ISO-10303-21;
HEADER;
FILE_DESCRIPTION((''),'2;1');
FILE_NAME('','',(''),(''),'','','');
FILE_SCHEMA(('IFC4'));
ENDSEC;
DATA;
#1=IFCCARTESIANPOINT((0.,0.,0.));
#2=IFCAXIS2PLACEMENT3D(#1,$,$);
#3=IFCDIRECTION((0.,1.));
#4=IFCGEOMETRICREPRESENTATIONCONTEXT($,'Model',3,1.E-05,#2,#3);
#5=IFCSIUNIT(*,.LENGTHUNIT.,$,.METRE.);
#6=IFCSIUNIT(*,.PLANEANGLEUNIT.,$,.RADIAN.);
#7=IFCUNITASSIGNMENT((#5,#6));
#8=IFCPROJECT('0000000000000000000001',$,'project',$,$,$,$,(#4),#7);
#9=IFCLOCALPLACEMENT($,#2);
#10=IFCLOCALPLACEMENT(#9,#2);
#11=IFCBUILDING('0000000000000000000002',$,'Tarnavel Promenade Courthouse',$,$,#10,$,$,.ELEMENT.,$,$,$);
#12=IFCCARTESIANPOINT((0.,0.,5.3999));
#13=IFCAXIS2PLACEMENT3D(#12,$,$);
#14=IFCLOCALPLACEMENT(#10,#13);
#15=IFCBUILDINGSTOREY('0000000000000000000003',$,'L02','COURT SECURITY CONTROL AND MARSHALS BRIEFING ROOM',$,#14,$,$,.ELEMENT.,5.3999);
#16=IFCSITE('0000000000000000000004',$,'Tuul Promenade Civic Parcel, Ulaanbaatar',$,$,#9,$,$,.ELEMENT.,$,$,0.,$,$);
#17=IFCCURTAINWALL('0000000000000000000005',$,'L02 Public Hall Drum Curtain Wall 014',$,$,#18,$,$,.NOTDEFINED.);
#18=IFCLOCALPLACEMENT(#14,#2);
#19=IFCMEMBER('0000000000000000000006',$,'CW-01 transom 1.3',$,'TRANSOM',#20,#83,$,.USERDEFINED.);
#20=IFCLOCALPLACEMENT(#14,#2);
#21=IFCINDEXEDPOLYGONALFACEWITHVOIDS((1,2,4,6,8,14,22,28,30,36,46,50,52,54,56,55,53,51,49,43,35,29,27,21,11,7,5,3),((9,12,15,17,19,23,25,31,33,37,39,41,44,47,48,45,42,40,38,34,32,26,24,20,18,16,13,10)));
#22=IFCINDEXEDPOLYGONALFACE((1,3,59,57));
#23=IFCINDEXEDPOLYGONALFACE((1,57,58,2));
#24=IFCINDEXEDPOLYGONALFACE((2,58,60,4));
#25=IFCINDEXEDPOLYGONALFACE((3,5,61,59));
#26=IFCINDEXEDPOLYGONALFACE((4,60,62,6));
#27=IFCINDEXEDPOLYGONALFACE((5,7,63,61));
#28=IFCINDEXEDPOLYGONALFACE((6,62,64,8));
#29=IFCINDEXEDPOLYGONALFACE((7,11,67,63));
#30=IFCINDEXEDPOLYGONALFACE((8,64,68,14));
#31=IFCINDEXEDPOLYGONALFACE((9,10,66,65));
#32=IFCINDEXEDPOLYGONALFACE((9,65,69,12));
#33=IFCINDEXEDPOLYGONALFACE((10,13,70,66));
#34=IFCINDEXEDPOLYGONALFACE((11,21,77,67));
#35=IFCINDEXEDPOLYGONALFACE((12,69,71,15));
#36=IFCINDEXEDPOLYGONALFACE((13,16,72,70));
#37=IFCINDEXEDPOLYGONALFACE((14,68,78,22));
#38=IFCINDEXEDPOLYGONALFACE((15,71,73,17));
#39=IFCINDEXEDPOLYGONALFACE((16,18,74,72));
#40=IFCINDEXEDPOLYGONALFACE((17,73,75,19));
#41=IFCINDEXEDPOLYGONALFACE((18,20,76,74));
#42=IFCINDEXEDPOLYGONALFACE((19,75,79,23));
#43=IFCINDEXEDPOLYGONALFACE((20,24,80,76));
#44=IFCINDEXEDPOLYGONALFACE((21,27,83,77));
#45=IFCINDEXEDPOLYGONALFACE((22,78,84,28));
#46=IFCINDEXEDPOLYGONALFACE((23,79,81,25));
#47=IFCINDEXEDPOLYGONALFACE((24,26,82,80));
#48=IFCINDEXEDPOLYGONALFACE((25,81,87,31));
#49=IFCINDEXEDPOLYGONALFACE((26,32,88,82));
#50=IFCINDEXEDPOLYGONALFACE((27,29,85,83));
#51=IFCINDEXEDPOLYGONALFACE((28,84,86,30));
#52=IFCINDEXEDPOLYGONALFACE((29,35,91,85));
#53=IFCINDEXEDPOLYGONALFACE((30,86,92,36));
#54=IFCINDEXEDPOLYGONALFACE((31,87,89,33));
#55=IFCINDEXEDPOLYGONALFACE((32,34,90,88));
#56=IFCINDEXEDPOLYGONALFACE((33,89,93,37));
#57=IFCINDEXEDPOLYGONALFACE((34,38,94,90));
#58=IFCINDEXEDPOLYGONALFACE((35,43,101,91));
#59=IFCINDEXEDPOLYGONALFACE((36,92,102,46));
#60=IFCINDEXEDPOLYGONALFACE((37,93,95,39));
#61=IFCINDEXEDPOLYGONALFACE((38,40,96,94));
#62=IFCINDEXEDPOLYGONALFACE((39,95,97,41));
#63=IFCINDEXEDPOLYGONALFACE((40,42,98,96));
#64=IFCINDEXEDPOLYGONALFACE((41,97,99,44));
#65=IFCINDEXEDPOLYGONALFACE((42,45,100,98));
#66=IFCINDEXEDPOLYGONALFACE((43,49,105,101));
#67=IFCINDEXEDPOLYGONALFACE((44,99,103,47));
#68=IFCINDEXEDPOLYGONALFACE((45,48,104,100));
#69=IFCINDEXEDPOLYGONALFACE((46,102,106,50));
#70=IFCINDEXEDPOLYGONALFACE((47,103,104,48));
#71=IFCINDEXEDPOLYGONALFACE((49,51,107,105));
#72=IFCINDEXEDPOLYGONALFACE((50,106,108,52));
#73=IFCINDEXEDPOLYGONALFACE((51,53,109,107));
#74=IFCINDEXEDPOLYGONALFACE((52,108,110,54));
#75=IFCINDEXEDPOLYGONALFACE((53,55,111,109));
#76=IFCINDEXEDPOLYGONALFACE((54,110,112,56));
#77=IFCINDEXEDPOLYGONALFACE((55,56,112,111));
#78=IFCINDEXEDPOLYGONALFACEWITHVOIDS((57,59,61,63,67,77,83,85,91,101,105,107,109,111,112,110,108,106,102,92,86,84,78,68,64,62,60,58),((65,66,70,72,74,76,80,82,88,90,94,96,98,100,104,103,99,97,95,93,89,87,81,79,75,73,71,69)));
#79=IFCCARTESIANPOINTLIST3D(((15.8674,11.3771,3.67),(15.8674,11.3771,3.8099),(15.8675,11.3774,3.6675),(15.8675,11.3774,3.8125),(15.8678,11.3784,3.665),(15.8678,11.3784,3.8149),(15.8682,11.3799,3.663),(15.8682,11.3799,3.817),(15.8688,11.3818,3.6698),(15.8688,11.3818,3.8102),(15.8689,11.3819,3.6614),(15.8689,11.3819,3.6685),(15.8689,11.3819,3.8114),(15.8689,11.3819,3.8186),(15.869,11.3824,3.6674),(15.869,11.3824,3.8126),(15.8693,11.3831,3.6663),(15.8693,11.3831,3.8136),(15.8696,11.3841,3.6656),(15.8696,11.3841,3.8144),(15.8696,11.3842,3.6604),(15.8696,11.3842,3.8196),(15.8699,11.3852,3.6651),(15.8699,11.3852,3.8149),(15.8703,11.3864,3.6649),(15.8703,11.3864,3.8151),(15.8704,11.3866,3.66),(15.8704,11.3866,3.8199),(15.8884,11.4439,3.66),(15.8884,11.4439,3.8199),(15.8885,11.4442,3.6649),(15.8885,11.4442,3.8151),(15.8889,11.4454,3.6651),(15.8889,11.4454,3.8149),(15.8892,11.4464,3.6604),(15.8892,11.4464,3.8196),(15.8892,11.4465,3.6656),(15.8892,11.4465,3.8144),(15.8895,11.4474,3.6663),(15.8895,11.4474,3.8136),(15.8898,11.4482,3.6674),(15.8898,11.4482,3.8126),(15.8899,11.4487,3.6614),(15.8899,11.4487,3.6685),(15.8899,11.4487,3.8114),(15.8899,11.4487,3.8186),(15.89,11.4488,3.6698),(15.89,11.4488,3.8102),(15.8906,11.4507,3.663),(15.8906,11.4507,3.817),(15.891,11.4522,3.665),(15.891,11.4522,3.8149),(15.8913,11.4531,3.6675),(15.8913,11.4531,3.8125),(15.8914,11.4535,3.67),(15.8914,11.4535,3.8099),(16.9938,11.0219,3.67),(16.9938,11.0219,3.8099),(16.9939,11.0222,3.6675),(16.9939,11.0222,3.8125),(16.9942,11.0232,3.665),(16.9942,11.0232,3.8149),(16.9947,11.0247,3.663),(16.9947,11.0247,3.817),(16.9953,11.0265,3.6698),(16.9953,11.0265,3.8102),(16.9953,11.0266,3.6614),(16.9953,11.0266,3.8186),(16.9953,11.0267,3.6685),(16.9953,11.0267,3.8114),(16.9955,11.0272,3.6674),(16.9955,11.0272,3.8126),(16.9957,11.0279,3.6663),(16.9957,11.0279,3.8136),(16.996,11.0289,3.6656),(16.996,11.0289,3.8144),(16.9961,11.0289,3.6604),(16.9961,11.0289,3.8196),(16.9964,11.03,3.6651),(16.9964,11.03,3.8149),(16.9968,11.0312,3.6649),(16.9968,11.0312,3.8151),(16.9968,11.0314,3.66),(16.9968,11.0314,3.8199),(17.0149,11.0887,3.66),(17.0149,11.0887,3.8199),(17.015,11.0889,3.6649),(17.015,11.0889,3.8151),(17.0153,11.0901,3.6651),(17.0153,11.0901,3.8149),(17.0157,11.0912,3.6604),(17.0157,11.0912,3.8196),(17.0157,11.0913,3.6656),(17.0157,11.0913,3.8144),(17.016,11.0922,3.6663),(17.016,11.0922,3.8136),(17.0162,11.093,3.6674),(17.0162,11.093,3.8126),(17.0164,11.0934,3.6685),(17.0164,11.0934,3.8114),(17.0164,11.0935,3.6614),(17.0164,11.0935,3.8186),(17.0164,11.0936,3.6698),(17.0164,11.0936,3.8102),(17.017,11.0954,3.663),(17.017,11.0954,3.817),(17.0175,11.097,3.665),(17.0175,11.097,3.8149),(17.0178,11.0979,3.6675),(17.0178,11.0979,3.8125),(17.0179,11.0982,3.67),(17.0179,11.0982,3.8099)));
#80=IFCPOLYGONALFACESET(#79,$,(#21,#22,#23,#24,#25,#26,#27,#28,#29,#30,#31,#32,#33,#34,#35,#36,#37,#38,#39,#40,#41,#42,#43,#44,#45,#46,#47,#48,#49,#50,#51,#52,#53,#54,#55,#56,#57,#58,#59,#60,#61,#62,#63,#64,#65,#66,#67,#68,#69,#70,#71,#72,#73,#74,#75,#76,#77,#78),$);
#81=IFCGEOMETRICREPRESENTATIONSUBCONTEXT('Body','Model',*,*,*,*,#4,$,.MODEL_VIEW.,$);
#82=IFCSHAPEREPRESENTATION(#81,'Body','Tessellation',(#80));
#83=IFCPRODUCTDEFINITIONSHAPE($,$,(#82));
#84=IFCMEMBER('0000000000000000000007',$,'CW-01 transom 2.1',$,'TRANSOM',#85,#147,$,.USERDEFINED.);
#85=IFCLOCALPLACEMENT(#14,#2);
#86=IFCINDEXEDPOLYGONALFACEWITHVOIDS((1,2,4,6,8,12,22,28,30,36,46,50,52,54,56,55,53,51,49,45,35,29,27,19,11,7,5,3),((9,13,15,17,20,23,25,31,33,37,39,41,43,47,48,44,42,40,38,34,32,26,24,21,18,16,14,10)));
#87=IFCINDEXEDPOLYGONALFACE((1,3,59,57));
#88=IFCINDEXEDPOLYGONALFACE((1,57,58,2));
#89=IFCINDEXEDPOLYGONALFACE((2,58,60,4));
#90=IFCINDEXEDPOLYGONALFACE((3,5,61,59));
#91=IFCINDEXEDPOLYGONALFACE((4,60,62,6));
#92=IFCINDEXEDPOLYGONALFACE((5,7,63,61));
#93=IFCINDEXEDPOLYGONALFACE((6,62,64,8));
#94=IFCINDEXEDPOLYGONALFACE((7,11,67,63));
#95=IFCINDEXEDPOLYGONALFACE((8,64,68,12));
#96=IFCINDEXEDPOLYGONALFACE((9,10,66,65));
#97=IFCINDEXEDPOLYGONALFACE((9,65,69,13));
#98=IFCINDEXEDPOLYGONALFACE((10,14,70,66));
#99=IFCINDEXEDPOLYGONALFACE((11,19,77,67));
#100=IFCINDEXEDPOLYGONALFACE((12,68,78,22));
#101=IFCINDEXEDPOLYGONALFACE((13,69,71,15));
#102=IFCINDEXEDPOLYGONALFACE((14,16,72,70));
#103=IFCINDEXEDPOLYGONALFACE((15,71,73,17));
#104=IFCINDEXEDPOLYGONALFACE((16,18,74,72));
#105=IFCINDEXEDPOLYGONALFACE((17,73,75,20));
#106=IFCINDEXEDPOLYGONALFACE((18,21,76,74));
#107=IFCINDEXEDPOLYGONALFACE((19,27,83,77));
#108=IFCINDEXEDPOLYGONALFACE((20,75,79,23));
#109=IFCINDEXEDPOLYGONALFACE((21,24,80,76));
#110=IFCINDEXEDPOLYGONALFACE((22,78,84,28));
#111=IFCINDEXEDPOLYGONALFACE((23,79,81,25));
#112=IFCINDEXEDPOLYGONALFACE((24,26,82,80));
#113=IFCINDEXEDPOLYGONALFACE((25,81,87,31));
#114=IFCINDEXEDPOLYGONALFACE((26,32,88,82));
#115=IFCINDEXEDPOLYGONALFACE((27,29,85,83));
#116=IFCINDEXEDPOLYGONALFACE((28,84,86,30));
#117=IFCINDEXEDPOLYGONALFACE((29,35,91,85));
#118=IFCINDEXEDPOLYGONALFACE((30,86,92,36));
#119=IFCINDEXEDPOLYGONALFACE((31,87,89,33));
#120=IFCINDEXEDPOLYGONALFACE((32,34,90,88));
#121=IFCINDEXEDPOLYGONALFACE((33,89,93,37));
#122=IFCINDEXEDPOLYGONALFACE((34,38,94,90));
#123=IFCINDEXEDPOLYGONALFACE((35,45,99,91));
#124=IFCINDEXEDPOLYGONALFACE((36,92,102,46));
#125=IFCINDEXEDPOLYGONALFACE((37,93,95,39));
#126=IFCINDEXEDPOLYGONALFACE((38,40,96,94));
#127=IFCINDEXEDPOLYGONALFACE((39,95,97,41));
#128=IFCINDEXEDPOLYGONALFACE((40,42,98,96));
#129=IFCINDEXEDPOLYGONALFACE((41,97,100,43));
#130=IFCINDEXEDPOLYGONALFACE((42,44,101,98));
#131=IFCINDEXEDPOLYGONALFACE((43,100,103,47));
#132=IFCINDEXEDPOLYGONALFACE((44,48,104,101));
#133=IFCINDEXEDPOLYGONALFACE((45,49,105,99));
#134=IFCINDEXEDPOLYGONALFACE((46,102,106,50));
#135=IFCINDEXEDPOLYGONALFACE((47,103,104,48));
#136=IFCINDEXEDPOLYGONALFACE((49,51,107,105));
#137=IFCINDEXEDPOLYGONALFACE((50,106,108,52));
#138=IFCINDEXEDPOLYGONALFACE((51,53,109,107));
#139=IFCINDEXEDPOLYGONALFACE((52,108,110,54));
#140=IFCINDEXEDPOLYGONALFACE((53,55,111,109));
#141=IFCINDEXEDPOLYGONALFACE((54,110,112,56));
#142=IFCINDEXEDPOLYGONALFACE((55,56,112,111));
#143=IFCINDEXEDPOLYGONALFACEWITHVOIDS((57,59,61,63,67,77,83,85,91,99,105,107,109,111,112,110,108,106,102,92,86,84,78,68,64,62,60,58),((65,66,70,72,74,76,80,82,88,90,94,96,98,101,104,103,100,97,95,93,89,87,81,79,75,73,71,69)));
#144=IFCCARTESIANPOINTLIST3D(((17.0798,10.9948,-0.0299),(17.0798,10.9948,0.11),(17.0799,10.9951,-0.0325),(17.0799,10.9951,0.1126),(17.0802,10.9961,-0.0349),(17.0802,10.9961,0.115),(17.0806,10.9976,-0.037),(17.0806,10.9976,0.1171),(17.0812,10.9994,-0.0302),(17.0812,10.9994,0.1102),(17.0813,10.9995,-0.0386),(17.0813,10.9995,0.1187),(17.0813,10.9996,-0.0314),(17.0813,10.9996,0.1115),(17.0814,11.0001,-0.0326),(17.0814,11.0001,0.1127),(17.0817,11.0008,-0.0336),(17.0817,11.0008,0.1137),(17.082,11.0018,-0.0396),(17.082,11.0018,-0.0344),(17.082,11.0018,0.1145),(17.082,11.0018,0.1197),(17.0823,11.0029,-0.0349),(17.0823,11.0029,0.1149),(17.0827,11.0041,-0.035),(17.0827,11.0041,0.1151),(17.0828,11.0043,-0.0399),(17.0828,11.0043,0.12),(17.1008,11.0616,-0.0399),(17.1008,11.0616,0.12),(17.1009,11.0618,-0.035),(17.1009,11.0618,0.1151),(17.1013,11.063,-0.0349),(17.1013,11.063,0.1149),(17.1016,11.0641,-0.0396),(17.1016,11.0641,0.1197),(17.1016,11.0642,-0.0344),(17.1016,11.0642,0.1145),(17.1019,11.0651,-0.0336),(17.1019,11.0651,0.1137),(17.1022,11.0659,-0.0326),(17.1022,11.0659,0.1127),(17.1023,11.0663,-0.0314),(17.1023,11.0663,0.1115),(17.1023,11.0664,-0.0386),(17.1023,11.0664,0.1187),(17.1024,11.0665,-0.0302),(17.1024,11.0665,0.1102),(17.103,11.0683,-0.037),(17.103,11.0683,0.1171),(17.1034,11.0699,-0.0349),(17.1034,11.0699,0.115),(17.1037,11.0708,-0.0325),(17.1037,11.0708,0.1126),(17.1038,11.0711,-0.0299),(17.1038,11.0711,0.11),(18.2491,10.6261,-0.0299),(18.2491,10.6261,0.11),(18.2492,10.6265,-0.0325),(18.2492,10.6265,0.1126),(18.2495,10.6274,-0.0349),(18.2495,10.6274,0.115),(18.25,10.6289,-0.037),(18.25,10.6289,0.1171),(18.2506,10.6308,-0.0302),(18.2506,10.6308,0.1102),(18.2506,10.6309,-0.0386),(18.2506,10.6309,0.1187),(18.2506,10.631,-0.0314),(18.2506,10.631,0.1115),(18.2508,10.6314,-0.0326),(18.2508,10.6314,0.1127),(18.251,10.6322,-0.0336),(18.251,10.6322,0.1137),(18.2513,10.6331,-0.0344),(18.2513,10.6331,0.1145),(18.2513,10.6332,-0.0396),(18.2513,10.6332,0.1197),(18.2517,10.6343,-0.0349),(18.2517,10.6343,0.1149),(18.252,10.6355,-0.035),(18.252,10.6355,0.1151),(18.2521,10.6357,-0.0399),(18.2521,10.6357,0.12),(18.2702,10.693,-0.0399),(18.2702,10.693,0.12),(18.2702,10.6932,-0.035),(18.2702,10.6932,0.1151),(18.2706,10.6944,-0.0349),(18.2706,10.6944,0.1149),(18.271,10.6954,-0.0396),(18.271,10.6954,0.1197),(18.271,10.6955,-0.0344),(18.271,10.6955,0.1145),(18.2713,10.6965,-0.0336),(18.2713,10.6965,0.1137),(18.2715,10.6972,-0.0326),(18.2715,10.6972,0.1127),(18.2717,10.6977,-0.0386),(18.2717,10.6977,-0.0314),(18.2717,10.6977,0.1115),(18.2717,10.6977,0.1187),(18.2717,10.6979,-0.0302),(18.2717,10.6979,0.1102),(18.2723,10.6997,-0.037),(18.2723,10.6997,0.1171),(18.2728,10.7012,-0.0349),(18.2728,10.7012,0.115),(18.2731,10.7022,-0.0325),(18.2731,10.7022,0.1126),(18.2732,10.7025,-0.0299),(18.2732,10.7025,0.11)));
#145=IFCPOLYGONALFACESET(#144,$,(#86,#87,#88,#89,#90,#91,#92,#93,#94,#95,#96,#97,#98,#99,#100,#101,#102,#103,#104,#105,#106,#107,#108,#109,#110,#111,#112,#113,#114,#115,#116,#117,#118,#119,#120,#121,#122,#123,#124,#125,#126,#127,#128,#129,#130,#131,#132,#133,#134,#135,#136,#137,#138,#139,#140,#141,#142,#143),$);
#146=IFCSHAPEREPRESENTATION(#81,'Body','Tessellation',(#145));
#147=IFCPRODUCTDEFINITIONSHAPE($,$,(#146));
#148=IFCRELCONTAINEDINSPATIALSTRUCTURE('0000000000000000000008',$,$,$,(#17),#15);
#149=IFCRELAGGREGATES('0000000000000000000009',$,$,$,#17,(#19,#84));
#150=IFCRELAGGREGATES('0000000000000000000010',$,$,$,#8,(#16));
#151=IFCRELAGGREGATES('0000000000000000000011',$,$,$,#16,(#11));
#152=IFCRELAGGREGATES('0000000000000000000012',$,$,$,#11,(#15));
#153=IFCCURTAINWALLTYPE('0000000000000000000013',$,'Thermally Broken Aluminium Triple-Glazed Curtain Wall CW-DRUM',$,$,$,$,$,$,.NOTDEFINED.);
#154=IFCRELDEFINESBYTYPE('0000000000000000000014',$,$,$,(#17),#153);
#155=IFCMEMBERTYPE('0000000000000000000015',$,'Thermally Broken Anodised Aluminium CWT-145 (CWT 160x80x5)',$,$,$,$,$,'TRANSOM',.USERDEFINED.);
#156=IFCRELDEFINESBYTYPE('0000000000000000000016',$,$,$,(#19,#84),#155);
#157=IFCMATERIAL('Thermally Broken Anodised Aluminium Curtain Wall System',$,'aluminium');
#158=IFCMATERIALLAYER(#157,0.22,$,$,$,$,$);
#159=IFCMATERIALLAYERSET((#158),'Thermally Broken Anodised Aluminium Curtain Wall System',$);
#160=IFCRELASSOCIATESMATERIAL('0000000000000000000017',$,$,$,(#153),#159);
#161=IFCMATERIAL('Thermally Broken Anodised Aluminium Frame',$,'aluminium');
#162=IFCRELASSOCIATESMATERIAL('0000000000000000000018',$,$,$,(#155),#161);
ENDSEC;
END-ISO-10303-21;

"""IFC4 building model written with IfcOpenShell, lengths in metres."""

from ifc_helpers import new_model, si_unit, direction, frame, origin, origin_2d, place, context, subcontext, project, spatial, hollow_rectangle, extrude, material, layer, layer_set, material_profile, profile_set, type_object, element, aggregate, save


model = new_model("IFC4")

# Units and contexts
model_context = context("Model", 3, precision=1e-05, world=origin(), true_north=direction((0.0, 1.0)))
body_context = subcontext(model_context, "Body", "Model", "MODEL_VIEW")
ifc_project = project(units=[si_unit("LENGTHUNIT", "METRE"), si_unit("PLANEANGLEUNIT", "RADIAN")], contexts=[model_context])

# Site, building, storey
site_placement = place(None, origin())
site = spatial("IfcSite", under=ifc_project, at=site_placement, Name="Tuul Promenade Civic Parcel, Ulaanbaatar", CompositionType="ELEMENT", RefElevation=0.0)
building_placement = place(site_placement, origin())
building = spatial("IfcBuilding", under=site, at=building_placement, Name="Tarnavel Promenade Courthouse", CompositionType="ELEMENT")
storey_placement = place(building_placement, frame((0.0, 0.0, 5.3999)))
storey = spatial("IfcBuildingStorey", under=building, at=storey_placement, Name="L02", Description="COURT SECURITY CONTROL AND MARSHALS BRIEFING ROOM", CompositionType="ELEMENT", Elevation=5.3999)

# Curtain wall
ifc_material_1 = material(Name="Thermally Broken Anodised Aluminium Curtain Wall System", Category="aluminium")
ifc_layer_1 = layer(ifc_material_1, 0.22)
ifc_layer_set_1 = layer_set([ifc_layer_1], Name="Thermally Broken Anodised Aluminium Curtain Wall System")
curtain_wall_type = type_object("IfcCurtainWallType", Name="Thermally Broken Aluminium Triple-Glazed Curtain Wall CW-DRUM", PredefinedType="NOTDEFINED", material=ifc_layer_set_1)
ifc_material_2 = material(Name="Thermally Broken Anodised Aluminium Frame", Category="aluminium")
curtain_wall_1_placement = place(storey_placement, origin())
curtain_wall_1 = element("IfcCurtainWall", 1, at=curtain_wall_1_placement, inside=storey, type_object=curtain_wall_type, Name="L02 Public Hall Drum Curtain Wall 014", PredefinedType="NOTDEFINED")

# Members
ifc_material_profile_1 = material_profile(ifc_material_2, hollow_rectangle(XDim=0.0801, YDim=0.1599, WallThickness=0.0049, InnerFilletRadius=0.0049, OuterFilletRadius=0.01, at=origin_2d()), Name="CWT 160x80x5")
ifc_profile_set_1 = profile_set([ifc_material_profile_1], Name="Thermally Broken Anodised Aluminium Frame")
member_type_1 = type_object("IfcMemberType", Name="Thermally Broken Anodised Aluminium CWT-145 (CWT 160x80x5)", ElementType="TRANSOM", PredefinedType="USERDEFINED", material=ifc_profile_set_1)
member_1_placement = place(storey_placement, frame((15.8794, 11.4153, 3.74), z_axis=(0.953704, -0.300746, 0.0), x_axis=(0.300746, 0.953704, 0.0)))
member_1 = element("IfcMember", 2, at=member_1_placement, type_object=member_type_1, Name="CW-01 transom 1.3", ObjectType="TRANSOM", PredefinedType="USERDEFINED", context=body_context, shape_type="SweptSolid", body=[
    extrude(hollow_rectangle(XDim=0.0801, YDim=0.1599, WallThickness=0.0049, InnerFilletRadius=0.0049, OuterFilletRadius=0.01, at=origin_2d()), origin(), (0.0, 0.0, 1.0), 1.1812),
])
member_2_placement = place(storey_placement, frame((17.0918, 11.033, 0.04), z_axis=(0.953733, -0.300655, 0.0), x_axis=(0.300655, 0.953733, 0.0)))
member_2 = element("IfcMember", 3, at=member_2_placement, type_object=member_type_1, Name="CW-01 transom 2.1", ObjectType="TRANSOM", PredefinedType="USERDEFINED", context=body_context, shape_type="SweptSolid", body=[
    extrude(hollow_rectangle(XDim=0.0801, YDim=0.1599, WallThickness=0.0049, InnerFilletRadius=0.0049, OuterFilletRadius=0.01, at=origin_2d()), origin(), (0.0, 0.0, 1.0), 1.2261),
])

aggregate(curtain_wall_1, [member_1, member_2])

save(model, "model.ifc")
